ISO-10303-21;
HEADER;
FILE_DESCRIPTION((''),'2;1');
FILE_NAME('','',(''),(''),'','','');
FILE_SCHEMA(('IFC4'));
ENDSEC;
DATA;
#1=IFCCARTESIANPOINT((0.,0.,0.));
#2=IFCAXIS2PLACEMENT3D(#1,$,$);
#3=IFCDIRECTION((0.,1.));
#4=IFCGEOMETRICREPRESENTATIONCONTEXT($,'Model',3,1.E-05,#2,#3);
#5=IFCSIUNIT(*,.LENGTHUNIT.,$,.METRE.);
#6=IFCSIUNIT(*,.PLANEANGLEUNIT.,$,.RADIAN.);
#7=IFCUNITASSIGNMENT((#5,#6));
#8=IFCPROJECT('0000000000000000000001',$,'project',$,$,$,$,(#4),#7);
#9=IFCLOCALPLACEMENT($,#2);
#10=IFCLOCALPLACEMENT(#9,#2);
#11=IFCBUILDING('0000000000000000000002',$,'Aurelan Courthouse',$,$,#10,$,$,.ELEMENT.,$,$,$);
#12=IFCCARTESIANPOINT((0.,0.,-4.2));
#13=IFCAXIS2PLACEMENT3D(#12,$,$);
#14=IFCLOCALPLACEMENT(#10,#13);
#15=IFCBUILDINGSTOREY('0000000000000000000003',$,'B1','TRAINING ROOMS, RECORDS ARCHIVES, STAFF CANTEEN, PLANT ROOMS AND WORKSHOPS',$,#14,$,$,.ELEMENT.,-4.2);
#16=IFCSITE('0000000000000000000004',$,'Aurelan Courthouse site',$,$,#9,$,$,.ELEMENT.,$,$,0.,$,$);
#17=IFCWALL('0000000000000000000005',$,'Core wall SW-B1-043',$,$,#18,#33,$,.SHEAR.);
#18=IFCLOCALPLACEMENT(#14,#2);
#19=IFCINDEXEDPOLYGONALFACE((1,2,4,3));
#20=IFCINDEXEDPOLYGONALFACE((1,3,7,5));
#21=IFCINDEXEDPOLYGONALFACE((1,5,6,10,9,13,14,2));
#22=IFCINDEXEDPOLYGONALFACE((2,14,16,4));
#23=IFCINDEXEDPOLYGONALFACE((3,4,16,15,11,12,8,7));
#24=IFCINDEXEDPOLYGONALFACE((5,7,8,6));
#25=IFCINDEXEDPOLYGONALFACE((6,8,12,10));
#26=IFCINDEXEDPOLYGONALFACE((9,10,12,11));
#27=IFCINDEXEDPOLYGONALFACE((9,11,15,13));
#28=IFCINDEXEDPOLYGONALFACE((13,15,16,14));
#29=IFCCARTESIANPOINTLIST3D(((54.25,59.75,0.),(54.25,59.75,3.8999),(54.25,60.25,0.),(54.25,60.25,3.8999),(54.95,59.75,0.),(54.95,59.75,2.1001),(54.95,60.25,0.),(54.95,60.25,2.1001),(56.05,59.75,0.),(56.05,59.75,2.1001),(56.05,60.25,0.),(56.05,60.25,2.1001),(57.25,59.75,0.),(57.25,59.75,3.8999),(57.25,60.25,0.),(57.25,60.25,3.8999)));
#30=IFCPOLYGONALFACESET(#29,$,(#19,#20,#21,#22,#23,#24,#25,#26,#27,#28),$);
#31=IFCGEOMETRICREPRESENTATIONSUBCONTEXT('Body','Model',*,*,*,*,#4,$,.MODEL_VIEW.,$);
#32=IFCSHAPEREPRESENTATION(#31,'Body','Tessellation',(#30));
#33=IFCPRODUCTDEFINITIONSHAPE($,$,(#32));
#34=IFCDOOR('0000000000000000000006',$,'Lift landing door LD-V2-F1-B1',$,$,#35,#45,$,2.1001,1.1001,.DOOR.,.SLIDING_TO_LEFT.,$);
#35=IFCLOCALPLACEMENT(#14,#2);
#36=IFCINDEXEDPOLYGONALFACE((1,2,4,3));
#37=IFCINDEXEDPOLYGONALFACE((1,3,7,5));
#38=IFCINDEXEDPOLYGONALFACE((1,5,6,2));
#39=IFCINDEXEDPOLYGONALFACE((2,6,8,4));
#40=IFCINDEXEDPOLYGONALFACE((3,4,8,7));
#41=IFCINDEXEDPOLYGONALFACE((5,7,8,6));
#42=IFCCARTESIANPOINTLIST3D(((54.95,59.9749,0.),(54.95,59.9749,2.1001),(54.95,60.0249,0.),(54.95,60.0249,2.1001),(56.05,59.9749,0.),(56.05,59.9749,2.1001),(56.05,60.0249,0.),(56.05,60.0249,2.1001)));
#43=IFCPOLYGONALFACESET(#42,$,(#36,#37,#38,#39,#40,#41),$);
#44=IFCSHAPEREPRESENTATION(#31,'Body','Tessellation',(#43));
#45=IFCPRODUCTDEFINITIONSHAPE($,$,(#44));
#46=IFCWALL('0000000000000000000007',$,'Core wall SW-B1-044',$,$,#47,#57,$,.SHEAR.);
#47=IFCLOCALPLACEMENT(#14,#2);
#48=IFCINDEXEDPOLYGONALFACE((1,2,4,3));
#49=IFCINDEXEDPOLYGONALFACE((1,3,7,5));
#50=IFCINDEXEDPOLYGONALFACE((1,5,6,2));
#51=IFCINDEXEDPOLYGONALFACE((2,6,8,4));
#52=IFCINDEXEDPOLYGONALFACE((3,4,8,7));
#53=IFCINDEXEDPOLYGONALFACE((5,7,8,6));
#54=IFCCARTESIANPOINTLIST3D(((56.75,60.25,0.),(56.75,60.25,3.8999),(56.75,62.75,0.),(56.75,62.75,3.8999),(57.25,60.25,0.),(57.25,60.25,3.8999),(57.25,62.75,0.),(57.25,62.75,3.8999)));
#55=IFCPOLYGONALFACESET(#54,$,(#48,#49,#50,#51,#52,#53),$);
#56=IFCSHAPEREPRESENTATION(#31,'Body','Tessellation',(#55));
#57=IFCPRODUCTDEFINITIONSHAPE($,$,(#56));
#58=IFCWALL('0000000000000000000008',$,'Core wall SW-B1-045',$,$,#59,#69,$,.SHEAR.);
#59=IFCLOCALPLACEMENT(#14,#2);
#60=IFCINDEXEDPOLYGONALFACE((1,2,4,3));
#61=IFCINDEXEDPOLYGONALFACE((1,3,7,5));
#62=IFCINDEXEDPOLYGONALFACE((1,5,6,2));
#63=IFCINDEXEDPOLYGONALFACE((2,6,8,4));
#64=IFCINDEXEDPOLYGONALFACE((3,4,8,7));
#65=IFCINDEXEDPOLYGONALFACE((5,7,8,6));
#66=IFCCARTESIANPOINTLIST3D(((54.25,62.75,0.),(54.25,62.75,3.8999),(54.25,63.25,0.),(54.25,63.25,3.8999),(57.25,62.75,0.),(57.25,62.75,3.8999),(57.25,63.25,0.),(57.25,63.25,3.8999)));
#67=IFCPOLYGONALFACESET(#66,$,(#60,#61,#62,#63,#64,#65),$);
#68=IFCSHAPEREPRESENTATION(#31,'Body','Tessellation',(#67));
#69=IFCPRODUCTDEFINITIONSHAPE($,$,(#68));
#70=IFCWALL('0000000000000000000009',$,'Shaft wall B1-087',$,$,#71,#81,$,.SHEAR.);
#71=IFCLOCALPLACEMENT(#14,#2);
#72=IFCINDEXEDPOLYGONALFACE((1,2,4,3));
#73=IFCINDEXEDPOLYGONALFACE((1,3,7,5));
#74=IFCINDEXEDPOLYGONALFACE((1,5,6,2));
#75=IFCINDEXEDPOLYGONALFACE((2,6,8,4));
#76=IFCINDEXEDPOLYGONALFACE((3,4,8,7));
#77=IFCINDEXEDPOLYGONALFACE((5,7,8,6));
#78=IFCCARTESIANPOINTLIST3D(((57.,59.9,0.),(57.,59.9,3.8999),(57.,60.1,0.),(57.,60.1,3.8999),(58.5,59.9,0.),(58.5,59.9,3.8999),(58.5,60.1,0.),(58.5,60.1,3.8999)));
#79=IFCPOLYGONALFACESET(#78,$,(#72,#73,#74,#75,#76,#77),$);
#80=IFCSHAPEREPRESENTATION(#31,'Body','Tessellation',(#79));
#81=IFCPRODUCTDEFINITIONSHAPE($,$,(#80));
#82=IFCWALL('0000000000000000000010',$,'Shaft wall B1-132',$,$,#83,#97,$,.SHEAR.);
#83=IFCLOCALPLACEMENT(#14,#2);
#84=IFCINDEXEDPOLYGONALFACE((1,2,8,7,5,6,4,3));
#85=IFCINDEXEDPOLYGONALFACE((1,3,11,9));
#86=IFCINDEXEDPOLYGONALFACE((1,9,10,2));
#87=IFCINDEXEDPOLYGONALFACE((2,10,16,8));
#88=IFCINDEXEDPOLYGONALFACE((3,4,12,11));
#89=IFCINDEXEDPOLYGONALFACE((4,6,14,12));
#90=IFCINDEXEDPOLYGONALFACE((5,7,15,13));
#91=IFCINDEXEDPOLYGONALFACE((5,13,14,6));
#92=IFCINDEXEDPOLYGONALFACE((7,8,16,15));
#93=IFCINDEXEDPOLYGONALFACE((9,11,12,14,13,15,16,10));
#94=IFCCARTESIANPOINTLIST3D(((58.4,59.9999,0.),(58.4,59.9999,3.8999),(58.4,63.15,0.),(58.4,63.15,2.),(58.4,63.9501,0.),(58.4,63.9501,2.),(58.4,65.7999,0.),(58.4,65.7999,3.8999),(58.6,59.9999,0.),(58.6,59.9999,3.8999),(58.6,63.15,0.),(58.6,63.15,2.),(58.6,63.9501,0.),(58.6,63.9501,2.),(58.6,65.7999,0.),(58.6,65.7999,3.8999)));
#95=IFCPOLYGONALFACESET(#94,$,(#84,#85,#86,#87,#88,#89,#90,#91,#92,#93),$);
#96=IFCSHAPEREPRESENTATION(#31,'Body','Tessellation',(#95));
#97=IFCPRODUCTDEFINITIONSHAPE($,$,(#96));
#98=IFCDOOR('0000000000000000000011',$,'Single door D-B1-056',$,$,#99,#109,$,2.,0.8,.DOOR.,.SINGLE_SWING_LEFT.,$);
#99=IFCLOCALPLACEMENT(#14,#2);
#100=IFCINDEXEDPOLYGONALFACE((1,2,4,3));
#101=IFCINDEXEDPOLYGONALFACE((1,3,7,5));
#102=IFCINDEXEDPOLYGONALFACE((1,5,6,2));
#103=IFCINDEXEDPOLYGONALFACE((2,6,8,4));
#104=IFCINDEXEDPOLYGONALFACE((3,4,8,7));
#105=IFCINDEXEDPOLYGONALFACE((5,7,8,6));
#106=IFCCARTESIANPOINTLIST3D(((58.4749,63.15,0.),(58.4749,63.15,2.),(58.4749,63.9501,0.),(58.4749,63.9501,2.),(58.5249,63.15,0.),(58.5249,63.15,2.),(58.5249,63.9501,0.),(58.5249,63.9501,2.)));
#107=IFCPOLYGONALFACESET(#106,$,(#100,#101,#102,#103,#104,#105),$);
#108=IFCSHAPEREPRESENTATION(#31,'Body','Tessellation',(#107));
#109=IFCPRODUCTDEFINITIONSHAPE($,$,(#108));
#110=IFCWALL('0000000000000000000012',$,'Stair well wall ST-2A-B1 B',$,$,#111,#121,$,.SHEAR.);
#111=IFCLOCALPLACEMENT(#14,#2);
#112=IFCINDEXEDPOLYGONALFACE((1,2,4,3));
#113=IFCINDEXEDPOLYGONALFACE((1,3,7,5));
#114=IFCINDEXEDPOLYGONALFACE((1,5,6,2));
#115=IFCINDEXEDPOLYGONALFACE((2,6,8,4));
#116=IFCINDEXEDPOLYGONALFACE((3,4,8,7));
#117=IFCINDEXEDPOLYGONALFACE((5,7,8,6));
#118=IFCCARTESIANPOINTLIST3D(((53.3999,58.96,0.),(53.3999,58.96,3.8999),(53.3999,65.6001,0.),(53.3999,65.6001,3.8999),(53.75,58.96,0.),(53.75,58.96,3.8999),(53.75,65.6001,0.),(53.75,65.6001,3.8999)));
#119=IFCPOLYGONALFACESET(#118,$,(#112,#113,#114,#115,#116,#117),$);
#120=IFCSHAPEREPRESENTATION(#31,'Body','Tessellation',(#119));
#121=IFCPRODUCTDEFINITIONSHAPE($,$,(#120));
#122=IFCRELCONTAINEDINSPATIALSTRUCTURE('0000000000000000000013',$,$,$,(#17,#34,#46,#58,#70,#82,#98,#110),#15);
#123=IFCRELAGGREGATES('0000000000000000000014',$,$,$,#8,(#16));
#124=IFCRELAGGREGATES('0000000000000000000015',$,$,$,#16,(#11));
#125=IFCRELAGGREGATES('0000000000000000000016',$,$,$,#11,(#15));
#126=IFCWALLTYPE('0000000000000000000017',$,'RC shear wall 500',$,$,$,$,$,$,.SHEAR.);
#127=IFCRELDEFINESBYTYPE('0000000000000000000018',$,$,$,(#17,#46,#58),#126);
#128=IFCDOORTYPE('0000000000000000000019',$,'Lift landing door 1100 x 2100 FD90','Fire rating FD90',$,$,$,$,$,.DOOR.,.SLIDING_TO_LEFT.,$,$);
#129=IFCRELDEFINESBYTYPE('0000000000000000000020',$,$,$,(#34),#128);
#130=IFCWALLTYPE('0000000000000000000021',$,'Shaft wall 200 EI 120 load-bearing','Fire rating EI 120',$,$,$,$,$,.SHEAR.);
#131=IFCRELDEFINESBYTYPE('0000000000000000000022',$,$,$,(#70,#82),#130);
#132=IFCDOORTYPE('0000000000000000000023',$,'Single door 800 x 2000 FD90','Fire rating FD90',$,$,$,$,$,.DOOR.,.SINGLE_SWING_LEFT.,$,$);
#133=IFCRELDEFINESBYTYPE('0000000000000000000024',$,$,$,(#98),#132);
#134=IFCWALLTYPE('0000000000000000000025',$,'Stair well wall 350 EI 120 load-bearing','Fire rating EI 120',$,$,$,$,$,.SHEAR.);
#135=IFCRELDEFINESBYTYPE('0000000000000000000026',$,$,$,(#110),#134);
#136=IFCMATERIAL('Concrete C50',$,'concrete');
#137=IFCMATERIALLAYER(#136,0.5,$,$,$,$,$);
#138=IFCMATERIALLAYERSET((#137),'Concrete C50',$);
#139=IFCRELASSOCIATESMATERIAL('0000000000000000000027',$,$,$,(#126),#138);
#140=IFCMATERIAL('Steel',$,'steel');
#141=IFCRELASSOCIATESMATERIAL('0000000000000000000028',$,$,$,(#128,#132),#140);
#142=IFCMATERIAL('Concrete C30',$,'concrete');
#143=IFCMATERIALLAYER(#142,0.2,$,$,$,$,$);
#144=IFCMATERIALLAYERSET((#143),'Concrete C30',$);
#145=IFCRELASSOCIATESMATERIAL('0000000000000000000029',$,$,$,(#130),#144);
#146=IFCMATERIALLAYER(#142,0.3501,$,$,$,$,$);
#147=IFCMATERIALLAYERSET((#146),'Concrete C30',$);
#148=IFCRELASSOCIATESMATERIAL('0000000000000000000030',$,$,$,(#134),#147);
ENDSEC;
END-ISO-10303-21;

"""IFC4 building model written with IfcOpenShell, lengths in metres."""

from ifc_helpers import new_model, si_unit, direction, frame, frame_2d, origin, place, context, subcontext, project, spatial, rectangle, extrude, material, layer, layer_set, type_object, element, fill, save


model = new_model("IFC4")

# Units and contexts
model_context = context("Model", 3, precision=1e-05, world=origin(), true_north=direction((0.0, 1.0)))
body_context = subcontext(model_context, "Body", "Model", "MODEL_VIEW")
ifc_project = project(units=[si_unit("LENGTHUNIT", "METRE"), si_unit("PLANEANGLEUNIT", "RADIAN")], contexts=[model_context])

# Site, building, storey
site_placement = place(None, origin())
site = spatial("IfcSite", under=ifc_project, at=site_placement, Name="Aurelan Courthouse site", CompositionType="ELEMENT", RefElevation=0.0)
building_placement = place(site_placement, origin())
building = spatial("IfcBuilding", under=site, at=building_placement, Name="Aurelan Courthouse", CompositionType="ELEMENT")
storey_placement = place(building_placement, frame((0.0, 0.0, -4.2)))
storey = spatial("IfcBuildingStorey", under=building, at=storey_placement, Name="B1", Description="TRAINING ROOMS, RECORDS ARCHIVES, STAFF CANTEEN, PLANT ROOMS AND WORKSHOPS", CompositionType="ELEMENT", Elevation=-4.2)

# Shared definitions
ifc_material_1 = material(Name="Concrete C50", Category="concrete")

# Shared definitions
ifc_material_2 = material(Name="Steel", Category="steel")

# Wall, opening, door
ifc_layer_1 = layer(ifc_material_1, 0.5)
ifc_layer_set_1 = layer_set([ifc_layer_1], Name="Concrete C50")
wall_type_1 = type_object("IfcWallType", Name="RC shear wall 500", PredefinedType="SHEAR", material=ifc_layer_set_1)
wall_1_placement = place(storey_placement, frame((54.25, 60.0, 0.0), z_axis=(0.0, 0.0, 1.0), x_axis=(1.0, 0.0, 0.0)))
wall_1 = element("IfcWall", 1, at=wall_1_placement, inside=storey, type_object=wall_type_1, Name="Core wall SW-B1-043", PredefinedType="SHEAR", context=body_context, shape_type="SweptSolid", body=[
    extrude(rectangle(XDim=3.0, YDim=0.5, at=frame_2d((1.5, 0.0))), origin(), (0.0, 0.0, 1.0), 3.8999),
])
opening_1_placement = place(wall_1_placement, frame((0.7, 0.0, 0.0)))
opening_1 = element("IfcOpeningElement", 2, at=opening_1_placement, cuts=wall_1, PredefinedType="OPENING", context=body_context, shape_type="SweptSolid", body=[
    extrude(rectangle(XDim=1.1001, YDim=2.1001, at=frame_2d((0.55, 1.05))), frame((0.0, 0.26, 0.0), z_axis=(0.0, -1.0, 0.0), x_axis=(1.0, 0.0, 0.0)), (0.0, 0.0, 1.0), 0.52),
])
door_type_1 = type_object("IfcDoorType", Name="Lift landing door 1100 x 2100 FD90", Description="Fire rating FD90", OperationType="SLIDING_TO_LEFT", PredefinedType="DOOR", material=ifc_material_2)
door_1_placement = place(opening_1_placement, origin())
door_1 = element("IfcDoor", 3, at=door_1_placement, inside=storey, type_object=door_type_1, Name="Lift landing door LD-V2-F1-B1", OperationType="SLIDING_TO_LEFT", OverallHeight=2.1001, OverallWidth=1.1001, PredefinedType="DOOR", context=body_context, shape_type="SweptSolid", body=[
    extrude(rectangle(XDim=1.1001, YDim=2.1001, at=frame_2d((0.55, 1.05))), frame((0.0, 0.0249, 0.0), z_axis=(0.0, -1.0, 0.0), x_axis=(1.0, 0.0, 0.0)), (0.0, 0.0, 1.0), 0.05),
])
fill(opening_1, door_1)

# Walls
wall_2_placement = place(storey_placement, frame((57.0, 60.25, 0.0), z_axis=(0.0, 0.0, 1.0), x_axis=(0.0, 1.0, 0.0)))
element("IfcWall", 4, at=wall_2_placement, inside=storey, type_object=wall_type_1, Name="Core wall SW-B1-044", PredefinedType="SHEAR", context=body_context, shape_type="SweptSolid", body=[
    extrude(rectangle(XDim=2.5, YDim=0.5, at=frame_2d((1.25, 0.0))), origin(), (0.0, 0.0, 1.0), 3.8999),
])
wall_3_placement = place(storey_placement, frame((54.25, 63.0, 0.0), z_axis=(0.0, 0.0, 1.0), x_axis=(1.0, 0.0, 0.0)))
element("IfcWall", 5, at=wall_3_placement, inside=storey, type_object=wall_type_1, Name="Core wall SW-B1-045", PredefinedType="SHEAR", context=body_context, shape_type="SweptSolid", body=[
    extrude(rectangle(XDim=3.0, YDim=0.5, at=frame_2d((1.5, 0.0))), origin(), (0.0, 0.0, 1.0), 3.8999),
])
ifc_material_3 = material(Name="Concrete C30", Category="concrete")
ifc_layer_2 = layer(ifc_material_3, 0.2)
ifc_layer_set_2 = layer_set([ifc_layer_2], Name="Concrete C30")
wall_type_2 = type_object("IfcWallType", Name="Shaft wall 200 EI 120 load-bearing", Description="Fire rating EI 120", PredefinedType="SHEAR", material=ifc_layer_set_2)
wall_4_placement = place(storey_placement, frame((57.0, 60.0, 0.0), z_axis=(0.0, 0.0, 1.0), x_axis=(1.0, 0.0, 0.0)))
element("IfcWall", 6, at=wall_4_placement, inside=storey, type_object=wall_type_2, Name="Shaft wall B1-087", PredefinedType="SHEAR", context=body_context, shape_type="SweptSolid", body=[
    extrude(rectangle(XDim=1.5, YDim=0.2, at=frame_2d((0.75, 0.0))), origin(), (0.0, 0.0, 1.0), 3.8999),
])

# Wall, opening, door
wall_5_placement = place(storey_placement, frame((58.5, 60.0, 0.0), z_axis=(0.0, 0.0, 1.0), x_axis=(0.0, 1.0, 0.0)))
wall_5 = element("IfcWall", 7, at=wall_5_placement, inside=storey, type_object=wall_type_2, Name="Shaft wall B1-132", PredefinedType="SHEAR", context=body_context, shape_type="SweptSolid", body=[
    extrude(rectangle(XDim=5.8, YDim=0.2, at=frame_2d((2.8999, 0.0))), origin(), (0.0, 0.0, 1.0), 3.8999),
])
opening_2_placement = place(wall_5_placement, frame((3.95, 0.0, 0.0), z_axis=(0.0, 0.0, 1.0), x_axis=(-1.0, 0.0, 0.0)))
opening_2 = element("IfcOpeningElement", 8, at=opening_2_placement, cuts=wall_5, PredefinedType="OPENING", context=body_context, shape_type="SweptSolid", body=[
    extrude(rectangle(XDim=0.8, YDim=2.0, at=frame_2d((0.3999, 1.0))), frame((0.0, 0.1099, 0.0), z_axis=(0.0, -1.0, 0.0), x_axis=(1.0, 0.0, 0.0)), (0.0, 0.0, 1.0), 0.22),
])
door_type_2 = type_object("IfcDoorType", Name="Single door 800 x 2000 FD90", Description="Fire rating FD90", OperationType="SINGLE_SWING_LEFT", PredefinedType="DOOR", material=ifc_material_2)
door_2_placement = place(opening_2_placement, origin())
door_2 = element("IfcDoor", 9, at=door_2_placement, inside=storey, type_object=door_type_2, Name="Single door D-B1-056", OperationType="SINGLE_SWING_LEFT", OverallHeight=2.0, OverallWidth=0.8, PredefinedType="DOOR", context=body_context, shape_type="SweptSolid", body=[
    extrude(rectangle(XDim=0.8, YDim=2.0, at=frame_2d((0.3999, 1.0))), frame((0.0, 0.0249, 0.0), z_axis=(0.0, -1.0, 0.0), x_axis=(1.0, 0.0, 0.0)), (0.0, 0.0, 1.0), 0.05),
])
fill(opening_2, door_2)

# Wall
ifc_layer_3 = layer(ifc_material_3, 0.3501)
ifc_layer_set_3 = layer_set([ifc_layer_3], Name="Concrete C30")
wall_type_3 = type_object("IfcWallType", Name="Stair well wall 350 EI 120 load-bearing", Description="Fire rating EI 120", PredefinedType="SHEAR", material=ifc_layer_set_3)
wall_6_placement = place(storey_placement, frame((53.575, 58.96, 0.0), z_axis=(0.0, 0.0, 1.0), x_axis=(0.0, 1.0, 0.0)))
element("IfcWall", 10, at=wall_6_placement, inside=storey, type_object=wall_type_3, Name="Stair well wall ST-2A-B1 B", PredefinedType="SHEAR", context=body_context, shape_type="SweptSolid", body=[
    extrude(rectangle(XDim=6.6401, YDim=0.3501, at=frame_2d((3.3201, 0.0))), origin(), (0.0, 0.0, 1.0), 3.8999),
])

save(model, "model.ifc")
